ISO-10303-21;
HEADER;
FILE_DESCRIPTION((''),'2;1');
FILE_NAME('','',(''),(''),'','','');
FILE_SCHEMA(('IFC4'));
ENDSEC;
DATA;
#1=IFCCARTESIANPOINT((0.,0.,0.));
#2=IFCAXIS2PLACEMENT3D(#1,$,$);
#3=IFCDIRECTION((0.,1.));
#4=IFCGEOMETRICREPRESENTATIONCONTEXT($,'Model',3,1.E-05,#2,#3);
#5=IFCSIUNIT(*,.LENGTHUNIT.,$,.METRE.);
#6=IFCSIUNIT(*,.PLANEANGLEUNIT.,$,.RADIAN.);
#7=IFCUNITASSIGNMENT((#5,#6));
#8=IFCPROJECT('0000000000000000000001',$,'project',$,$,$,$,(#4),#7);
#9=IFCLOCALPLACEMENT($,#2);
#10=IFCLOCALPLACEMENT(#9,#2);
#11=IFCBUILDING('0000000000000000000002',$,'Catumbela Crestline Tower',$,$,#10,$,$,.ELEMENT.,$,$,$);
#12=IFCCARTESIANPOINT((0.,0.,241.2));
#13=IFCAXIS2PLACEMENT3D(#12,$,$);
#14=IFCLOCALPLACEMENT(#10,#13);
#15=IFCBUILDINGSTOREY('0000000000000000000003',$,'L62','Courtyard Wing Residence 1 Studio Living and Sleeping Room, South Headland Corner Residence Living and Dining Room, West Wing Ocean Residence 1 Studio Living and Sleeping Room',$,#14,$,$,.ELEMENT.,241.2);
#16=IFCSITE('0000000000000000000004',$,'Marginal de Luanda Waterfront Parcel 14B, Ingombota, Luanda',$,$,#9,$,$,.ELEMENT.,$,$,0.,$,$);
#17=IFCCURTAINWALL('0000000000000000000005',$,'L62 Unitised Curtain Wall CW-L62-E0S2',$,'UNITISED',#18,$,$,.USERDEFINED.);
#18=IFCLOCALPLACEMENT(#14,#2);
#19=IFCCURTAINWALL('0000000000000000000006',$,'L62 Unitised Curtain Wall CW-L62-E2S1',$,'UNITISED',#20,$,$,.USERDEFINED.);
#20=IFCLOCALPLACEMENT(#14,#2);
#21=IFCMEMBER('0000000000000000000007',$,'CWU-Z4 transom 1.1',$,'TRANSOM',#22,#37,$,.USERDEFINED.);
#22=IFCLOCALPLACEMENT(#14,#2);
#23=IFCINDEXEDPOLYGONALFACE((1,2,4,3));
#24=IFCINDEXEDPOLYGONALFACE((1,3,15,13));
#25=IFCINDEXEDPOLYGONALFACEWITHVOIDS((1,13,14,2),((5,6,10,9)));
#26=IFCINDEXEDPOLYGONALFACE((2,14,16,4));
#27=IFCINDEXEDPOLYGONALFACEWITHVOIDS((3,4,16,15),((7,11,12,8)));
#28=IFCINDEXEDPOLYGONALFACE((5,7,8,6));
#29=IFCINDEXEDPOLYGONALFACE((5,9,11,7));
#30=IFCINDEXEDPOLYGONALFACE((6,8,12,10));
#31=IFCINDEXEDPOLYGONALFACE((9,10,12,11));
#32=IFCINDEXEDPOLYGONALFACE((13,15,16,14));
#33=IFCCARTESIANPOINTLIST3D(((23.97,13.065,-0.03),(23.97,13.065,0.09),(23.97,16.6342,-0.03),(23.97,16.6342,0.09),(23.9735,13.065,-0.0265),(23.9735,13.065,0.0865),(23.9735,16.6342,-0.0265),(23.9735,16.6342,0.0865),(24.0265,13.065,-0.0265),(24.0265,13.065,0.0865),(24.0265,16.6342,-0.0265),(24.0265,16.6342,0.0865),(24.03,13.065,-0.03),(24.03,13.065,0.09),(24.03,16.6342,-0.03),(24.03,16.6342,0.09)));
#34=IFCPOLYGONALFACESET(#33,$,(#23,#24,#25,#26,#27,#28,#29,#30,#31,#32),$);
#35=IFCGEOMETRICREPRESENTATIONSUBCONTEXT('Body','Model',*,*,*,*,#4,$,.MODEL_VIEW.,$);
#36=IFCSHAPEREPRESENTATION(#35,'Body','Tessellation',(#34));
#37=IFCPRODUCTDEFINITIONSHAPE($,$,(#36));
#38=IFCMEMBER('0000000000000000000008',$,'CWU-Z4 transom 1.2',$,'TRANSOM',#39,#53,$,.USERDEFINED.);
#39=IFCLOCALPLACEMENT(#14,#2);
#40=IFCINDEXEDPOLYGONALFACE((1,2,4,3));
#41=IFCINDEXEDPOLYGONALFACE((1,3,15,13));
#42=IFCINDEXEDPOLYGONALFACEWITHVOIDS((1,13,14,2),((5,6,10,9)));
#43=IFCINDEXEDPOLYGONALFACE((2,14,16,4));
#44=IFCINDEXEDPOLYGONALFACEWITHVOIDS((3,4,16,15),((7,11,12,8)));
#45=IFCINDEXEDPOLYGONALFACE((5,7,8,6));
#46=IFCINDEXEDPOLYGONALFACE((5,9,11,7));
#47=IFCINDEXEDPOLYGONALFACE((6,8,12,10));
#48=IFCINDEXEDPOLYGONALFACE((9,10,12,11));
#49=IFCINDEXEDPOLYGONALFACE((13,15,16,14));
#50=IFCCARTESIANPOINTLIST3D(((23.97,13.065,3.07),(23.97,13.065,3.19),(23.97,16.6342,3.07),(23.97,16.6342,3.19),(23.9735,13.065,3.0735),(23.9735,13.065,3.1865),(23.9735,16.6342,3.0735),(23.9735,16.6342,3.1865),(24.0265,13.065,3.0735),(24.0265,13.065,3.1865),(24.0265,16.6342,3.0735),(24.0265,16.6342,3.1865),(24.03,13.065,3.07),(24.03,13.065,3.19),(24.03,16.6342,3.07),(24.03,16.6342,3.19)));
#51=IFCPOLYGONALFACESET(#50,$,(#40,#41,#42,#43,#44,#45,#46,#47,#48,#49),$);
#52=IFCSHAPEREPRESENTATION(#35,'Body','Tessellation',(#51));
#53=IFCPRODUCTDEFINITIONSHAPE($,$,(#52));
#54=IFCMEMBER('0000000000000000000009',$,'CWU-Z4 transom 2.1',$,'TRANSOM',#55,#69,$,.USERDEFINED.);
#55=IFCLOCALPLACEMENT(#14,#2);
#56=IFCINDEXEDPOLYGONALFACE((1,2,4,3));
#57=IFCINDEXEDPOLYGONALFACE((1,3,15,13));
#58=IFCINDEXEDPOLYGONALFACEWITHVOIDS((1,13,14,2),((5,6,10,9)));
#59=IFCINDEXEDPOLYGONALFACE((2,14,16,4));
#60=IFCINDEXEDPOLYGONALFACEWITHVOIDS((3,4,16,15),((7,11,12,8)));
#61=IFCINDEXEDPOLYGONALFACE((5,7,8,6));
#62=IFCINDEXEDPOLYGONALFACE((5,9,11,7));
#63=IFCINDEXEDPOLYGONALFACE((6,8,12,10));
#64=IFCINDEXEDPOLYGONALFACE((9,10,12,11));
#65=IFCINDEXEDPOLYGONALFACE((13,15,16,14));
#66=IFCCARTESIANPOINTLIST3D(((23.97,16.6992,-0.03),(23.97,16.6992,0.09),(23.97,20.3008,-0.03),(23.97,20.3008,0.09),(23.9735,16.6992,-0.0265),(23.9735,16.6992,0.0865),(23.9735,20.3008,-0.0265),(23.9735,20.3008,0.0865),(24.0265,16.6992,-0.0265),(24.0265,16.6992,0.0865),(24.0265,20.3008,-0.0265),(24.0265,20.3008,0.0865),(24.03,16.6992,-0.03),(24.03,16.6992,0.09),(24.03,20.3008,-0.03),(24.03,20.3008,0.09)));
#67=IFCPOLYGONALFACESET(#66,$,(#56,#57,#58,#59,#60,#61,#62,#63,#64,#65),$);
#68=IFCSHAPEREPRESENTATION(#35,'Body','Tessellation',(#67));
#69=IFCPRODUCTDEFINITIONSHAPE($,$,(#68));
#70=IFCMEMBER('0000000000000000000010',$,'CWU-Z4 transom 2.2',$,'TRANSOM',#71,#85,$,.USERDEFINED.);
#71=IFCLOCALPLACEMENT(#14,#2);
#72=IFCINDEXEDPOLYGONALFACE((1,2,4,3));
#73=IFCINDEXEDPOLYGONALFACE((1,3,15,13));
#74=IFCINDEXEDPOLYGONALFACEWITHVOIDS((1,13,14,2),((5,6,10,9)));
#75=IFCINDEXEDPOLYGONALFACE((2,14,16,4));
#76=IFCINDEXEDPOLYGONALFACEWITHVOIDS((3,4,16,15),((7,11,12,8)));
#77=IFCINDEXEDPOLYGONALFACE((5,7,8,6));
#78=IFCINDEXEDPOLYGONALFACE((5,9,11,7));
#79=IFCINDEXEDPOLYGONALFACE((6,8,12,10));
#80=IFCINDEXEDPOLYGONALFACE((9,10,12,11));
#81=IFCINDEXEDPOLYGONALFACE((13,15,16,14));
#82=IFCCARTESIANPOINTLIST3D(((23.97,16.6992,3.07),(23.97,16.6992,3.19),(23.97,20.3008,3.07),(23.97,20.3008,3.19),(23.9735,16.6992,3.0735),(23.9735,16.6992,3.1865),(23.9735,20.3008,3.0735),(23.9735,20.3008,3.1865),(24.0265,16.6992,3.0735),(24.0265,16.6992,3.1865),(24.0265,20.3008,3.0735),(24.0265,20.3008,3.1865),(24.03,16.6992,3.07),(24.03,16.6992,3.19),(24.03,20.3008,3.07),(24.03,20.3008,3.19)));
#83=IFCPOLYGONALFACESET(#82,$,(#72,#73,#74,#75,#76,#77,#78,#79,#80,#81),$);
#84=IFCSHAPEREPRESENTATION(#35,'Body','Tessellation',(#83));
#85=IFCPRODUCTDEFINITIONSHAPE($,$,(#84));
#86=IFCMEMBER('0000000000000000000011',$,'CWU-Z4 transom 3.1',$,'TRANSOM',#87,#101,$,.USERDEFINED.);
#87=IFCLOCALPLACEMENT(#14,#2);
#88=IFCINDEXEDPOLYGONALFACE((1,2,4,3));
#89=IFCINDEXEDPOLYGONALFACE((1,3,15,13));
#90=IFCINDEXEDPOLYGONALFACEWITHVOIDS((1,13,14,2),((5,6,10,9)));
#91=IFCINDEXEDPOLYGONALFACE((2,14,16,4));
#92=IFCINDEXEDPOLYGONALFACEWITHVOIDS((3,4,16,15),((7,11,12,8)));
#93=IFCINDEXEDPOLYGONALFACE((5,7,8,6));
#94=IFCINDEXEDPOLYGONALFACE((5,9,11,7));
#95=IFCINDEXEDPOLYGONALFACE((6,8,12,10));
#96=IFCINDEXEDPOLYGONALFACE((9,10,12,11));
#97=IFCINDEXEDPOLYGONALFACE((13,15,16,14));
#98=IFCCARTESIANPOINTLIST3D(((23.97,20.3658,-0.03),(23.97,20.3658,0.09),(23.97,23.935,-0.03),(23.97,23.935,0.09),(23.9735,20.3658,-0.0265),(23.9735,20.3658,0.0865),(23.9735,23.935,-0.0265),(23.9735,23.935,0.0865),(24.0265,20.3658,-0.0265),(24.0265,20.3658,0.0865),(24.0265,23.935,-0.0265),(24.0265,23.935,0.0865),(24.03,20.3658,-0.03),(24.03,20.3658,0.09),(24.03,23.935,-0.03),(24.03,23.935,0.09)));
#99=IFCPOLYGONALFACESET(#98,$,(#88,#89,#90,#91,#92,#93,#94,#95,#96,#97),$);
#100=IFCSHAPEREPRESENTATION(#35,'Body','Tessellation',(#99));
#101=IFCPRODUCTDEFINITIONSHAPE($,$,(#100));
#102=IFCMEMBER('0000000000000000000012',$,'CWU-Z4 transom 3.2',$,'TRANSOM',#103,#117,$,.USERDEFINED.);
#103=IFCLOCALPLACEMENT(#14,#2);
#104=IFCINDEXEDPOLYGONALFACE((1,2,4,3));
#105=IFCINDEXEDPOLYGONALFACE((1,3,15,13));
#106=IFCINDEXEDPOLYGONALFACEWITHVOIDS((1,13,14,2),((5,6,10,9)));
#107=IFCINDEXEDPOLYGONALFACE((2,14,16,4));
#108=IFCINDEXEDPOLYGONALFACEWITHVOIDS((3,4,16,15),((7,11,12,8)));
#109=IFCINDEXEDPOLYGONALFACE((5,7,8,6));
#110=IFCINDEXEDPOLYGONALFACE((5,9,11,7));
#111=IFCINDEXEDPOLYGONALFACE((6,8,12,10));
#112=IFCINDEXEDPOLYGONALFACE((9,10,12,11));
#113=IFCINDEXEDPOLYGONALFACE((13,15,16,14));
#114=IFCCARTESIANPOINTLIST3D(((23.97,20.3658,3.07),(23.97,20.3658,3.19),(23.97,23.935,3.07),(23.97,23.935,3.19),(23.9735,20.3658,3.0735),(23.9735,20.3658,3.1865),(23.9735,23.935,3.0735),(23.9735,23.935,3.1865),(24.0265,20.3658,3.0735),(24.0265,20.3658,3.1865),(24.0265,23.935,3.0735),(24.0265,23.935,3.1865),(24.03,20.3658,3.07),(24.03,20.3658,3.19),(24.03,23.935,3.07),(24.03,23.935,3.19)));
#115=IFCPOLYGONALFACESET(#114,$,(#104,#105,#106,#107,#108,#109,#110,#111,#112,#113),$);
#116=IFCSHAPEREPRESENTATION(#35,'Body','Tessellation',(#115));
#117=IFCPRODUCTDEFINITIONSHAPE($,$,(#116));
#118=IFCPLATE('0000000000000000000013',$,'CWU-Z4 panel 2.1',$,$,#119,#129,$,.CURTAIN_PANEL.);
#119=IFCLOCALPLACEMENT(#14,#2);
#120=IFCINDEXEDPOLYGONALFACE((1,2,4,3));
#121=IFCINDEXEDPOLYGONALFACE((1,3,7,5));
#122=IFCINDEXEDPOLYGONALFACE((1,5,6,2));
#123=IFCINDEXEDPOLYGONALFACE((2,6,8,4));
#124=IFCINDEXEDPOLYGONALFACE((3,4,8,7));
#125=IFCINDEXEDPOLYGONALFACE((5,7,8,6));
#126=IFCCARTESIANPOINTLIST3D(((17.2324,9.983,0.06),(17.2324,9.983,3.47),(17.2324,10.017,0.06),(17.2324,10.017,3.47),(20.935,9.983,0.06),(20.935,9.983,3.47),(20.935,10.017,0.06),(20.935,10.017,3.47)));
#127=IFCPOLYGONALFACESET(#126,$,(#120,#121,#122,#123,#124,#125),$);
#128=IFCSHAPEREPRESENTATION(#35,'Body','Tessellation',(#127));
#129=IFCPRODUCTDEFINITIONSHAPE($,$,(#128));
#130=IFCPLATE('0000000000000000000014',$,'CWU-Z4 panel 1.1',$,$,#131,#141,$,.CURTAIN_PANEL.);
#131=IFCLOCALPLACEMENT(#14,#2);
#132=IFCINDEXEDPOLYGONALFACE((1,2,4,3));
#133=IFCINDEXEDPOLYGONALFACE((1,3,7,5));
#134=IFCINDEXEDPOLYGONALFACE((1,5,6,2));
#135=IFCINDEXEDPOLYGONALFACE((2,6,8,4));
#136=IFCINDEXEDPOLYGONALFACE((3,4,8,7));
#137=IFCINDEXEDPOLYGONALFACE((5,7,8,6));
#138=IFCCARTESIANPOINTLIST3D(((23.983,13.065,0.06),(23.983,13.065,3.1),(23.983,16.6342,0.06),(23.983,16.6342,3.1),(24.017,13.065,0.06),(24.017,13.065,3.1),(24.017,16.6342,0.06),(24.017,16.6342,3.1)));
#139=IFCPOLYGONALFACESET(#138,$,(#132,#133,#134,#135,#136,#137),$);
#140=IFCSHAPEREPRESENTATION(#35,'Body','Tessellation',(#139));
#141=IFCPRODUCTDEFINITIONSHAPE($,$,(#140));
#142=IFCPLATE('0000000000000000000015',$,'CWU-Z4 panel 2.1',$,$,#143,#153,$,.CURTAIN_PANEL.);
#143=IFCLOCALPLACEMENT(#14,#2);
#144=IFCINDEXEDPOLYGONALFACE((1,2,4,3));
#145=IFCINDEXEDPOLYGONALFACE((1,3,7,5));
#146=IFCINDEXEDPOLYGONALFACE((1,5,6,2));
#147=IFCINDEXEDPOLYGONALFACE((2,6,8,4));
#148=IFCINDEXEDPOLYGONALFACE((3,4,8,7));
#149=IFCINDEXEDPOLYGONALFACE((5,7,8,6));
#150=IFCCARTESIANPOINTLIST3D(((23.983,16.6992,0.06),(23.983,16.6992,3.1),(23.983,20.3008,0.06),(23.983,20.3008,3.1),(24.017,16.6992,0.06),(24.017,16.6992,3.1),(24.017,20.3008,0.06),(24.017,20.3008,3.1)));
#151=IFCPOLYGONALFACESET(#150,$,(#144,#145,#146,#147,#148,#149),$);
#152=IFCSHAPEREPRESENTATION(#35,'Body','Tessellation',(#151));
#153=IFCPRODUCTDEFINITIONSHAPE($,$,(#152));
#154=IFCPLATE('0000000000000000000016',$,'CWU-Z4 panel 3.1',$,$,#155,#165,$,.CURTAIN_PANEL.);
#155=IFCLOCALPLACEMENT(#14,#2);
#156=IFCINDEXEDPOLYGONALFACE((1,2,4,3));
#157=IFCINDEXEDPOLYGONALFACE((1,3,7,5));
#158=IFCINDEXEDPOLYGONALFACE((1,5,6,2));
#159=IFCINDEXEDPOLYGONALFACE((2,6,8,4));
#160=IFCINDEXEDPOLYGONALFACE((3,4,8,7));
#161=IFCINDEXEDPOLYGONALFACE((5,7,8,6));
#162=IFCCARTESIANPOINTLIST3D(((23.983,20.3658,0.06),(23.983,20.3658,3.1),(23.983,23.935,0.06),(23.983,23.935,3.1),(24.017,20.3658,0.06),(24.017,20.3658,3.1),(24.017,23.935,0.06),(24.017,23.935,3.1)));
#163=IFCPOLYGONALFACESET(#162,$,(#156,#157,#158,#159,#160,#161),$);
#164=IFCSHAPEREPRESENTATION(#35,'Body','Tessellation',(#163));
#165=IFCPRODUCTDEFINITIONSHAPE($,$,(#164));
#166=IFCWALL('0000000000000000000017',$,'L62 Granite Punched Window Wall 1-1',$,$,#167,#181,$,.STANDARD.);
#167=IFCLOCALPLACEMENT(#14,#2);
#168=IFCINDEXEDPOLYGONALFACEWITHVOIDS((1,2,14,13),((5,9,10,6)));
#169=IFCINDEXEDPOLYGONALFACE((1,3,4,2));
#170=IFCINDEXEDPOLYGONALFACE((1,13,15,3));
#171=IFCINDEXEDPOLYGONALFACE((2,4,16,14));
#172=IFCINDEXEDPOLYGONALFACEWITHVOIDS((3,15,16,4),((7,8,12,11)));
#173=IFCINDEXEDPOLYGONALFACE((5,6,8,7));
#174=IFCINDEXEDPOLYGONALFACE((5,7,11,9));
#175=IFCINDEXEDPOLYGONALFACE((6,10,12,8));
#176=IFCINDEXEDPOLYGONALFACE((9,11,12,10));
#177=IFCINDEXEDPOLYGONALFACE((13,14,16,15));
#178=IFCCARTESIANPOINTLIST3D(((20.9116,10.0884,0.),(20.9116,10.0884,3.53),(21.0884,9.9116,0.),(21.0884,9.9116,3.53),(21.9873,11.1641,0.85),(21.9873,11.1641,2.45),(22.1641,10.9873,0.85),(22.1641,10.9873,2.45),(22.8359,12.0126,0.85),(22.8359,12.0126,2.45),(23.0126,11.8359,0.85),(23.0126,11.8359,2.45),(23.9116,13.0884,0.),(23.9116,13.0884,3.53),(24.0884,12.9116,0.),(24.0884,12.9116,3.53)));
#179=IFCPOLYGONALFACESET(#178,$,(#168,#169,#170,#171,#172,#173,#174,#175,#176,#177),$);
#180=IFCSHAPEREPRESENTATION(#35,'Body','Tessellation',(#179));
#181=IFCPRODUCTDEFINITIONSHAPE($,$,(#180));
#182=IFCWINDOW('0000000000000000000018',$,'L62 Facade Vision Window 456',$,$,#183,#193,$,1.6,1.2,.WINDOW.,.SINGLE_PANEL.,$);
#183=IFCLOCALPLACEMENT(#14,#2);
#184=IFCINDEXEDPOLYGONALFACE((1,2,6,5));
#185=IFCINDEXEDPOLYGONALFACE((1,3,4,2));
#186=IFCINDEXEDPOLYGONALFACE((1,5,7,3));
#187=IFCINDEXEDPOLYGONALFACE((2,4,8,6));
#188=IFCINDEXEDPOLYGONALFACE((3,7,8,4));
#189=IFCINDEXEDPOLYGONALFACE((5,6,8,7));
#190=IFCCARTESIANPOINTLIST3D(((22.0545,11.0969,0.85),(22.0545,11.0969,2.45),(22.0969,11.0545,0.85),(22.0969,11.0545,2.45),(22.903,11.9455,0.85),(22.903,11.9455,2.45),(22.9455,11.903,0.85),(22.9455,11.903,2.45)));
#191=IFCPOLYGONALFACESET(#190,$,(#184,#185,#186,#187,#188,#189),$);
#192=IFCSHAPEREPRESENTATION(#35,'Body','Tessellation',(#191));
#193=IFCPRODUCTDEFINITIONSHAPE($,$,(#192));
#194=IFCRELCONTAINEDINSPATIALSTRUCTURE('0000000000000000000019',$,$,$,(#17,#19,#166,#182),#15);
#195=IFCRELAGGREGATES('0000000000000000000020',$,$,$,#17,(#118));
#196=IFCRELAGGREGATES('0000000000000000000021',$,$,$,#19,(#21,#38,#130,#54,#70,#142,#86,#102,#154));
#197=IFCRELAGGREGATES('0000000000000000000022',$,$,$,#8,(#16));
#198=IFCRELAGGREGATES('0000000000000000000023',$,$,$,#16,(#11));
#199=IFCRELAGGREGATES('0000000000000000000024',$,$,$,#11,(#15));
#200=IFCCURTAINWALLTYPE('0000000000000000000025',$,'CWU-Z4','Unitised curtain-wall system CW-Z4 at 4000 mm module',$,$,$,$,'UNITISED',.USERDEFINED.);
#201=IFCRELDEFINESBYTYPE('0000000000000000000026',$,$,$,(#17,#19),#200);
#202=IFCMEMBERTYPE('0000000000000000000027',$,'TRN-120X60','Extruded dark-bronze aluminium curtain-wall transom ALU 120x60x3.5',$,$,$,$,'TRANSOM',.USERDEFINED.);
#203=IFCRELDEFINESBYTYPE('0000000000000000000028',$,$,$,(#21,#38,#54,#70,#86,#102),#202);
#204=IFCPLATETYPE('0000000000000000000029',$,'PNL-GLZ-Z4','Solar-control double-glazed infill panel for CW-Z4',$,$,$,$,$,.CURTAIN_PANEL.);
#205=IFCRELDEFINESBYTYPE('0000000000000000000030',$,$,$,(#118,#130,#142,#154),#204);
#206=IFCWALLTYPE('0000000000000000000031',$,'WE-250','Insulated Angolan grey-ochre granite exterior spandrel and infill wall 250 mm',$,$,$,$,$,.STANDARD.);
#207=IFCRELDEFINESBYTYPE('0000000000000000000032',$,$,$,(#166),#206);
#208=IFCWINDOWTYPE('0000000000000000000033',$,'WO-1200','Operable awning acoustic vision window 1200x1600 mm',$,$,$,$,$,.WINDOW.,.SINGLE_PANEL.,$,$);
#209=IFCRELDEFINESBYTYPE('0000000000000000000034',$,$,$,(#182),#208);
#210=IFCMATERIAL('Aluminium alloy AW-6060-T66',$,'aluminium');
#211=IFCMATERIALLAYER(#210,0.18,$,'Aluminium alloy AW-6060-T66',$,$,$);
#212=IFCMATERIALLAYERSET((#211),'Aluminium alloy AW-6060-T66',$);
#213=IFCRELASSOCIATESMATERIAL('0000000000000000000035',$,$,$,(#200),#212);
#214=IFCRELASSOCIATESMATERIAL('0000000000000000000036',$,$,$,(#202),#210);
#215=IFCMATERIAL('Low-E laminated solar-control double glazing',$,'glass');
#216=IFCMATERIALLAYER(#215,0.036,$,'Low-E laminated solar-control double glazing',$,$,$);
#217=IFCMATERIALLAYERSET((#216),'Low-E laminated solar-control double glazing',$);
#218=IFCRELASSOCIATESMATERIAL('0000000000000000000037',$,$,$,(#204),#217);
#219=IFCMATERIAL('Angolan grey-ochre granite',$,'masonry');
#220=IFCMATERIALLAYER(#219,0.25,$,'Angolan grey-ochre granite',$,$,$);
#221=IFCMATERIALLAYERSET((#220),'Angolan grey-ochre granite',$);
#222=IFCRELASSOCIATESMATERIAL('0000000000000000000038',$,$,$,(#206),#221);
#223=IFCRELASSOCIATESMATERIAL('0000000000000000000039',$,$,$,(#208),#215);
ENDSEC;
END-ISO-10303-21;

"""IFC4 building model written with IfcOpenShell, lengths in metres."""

from ifc_helpers import new_model, si_unit, direction, frame, frame_2d, origin, origin_2d, place, context, subcontext, project, spatial, rectangle, hollow_rectangle, extrude, material, layer, layer_set, material_profile, profile_set, type_object, element, fill, aggregate, save


model = new_model("IFC4")

# Units and contexts
model_context = context("Model", 3, precision=1e-05, world=origin(), true_north=direction((0.0, 1.0)))
body_context = subcontext(model_context, "Body", "Model", "MODEL_VIEW")
ifc_project = project(units=[si_unit("LENGTHUNIT", "METRE"), si_unit("PLANEANGLEUNIT", "RADIAN")], contexts=[model_context])

# Site, building, storey
site_placement = place(None, origin())
site = spatial("IfcSite", under=ifc_project, at=site_placement, Name="Marginal de Luanda Waterfront Parcel 14B, Ingombota, Luanda", CompositionType="ELEMENT", RefElevation=0.0)
building_placement = place(site_placement, origin())
building = spatial("IfcBuilding", under=site, at=building_placement, Name="Catumbela Crestline Tower", CompositionType="ELEMENT")
storey_placement = place(building_placement, frame((0.0, 0.0, 241.2)))
storey = spatial("IfcBuildingStorey", under=building, at=storey_placement, Name="L62", Description="Courtyard Wing Residence 1 Studio Living and Sleeping Room, South Headland Corner Residence Living and Dining Room, West Wing Ocean Residence 1 Studio Living and Sleeping Room", CompositionType="ELEMENT", Elevation=241.2)

# Curtain wall
ifc_material_1 = material(Name="Aluminium alloy AW-6060-T66", Category="aluminium")
ifc_layer_1 = layer(ifc_material_1, 0.18, Name="Aluminium alloy AW-6060-T66")
ifc_layer_set_1 = layer_set([ifc_layer_1], Name="Aluminium alloy AW-6060-T66")
curtain_wall_type = type_object("IfcCurtainWallType", Name="CWU-Z4", Description="Unitised curtain-wall system CW-Z4 at 4000 mm module", ElementType="UNITISED", PredefinedType="USERDEFINED", material=ifc_layer_set_1)
curtain_wall_1_placement = place(storey_placement, origin())
curtain_wall_1 = element("IfcCurtainWall", 1, at=curtain_wall_1_placement, inside=storey, type_object=curtain_wall_type, Name="L62 Unitised Curtain Wall CW-L62-E0S2", ObjectType="UNITISED", PredefinedType="USERDEFINED")

# Curtain wall
curtain_wall_2_placement = place(storey_placement, origin())
curtain_wall_2 = element("IfcCurtainWall", 2, at=curtain_wall_2_placement, inside=storey, type_object=curtain_wall_type, Name="L62 Unitised Curtain Wall CW-L62-E2S1", ObjectType="UNITISED", PredefinedType="USERDEFINED")

# Members
ifc_material_profile_1 = material_profile(ifc_material_1, hollow_rectangle(XDim=0.06, YDim=0.12, WallThickness=0.0035, at=origin_2d()), Name="ALU 120x60x3.5")
ifc_profile_set_1 = profile_set([ifc_material_profile_1], Name="Aluminium alloy AW-6060-T66")
member_type_1 = type_object("IfcMemberType", Name="TRN-120X60", Description="Extruded dark-bronze aluminium curtain-wall transom ALU 120x60x3.5", ElementType="TRANSOM", PredefinedType="USERDEFINED", material=ifc_profile_set_1)
member_1_placement = place(storey_placement, frame((24.0, 13.065, 0.03), z_axis=(0.0, 1.0, 0.0), x_axis=(-1.0, 0.0, 0.0)))
member_1 = element("IfcMember", 3, at=member_1_placement, type_object=member_type_1, Name="CWU-Z4 transom 1.1", ObjectType="TRANSOM", PredefinedType="USERDEFINED", context=body_context, shape_type="SweptSolid", body=[
    extrude(hollow_rectangle(XDim=0.06, YDim=0.12, WallThickness=0.0035, at=origin_2d()), origin(), (0.0, 0.0, 1.0), 3.5692),
])
member_2_placement = place(storey_placement, frame((24.0, 13.065, 3.13), z_axis=(0.0, 1.0, 0.0), x_axis=(-1.0, 0.0, 0.0)))
member_2 = element("IfcMember", 4, at=member_2_placement, type_object=member_type_1, Name="CWU-Z4 transom 1.2", ObjectType="TRANSOM", PredefinedType="USERDEFINED", context=body_context, shape_type="SweptSolid", body=[
    extrude(hollow_rectangle(XDim=0.06, YDim=0.12, WallThickness=0.0035, at=origin_2d()), origin(), (0.0, 0.0, 1.0), 3.5692),
])
member_3_placement = place(storey_placement, frame((24.0, 16.6992, 0.03), z_axis=(0.0, 1.0, 0.0), x_axis=(-1.0, 0.0, 0.0)))
member_3 = element("IfcMember", 5, at=member_3_placement, type_object=member_type_1, Name="CWU-Z4 transom 2.1", ObjectType="TRANSOM", PredefinedType="USERDEFINED", context=body_context, shape_type="SweptSolid", body=[
    extrude(hollow_rectangle(XDim=0.06, YDim=0.12, WallThickness=0.0035, at=origin_2d()), origin(), (0.0, 0.0, 1.0), 3.6016),
])
member_4_placement = place(storey_placement, frame((24.0, 16.6992, 3.13), z_axis=(0.0, 1.0, 0.0), x_axis=(-1.0, 0.0, 0.0)))
member_4 = element("IfcMember", 6, at=member_4_placement, type_object=member_type_1, Name="CWU-Z4 transom 2.2", ObjectType="TRANSOM", PredefinedType="USERDEFINED", context=body_context, shape_type="SweptSolid", body=[
    extrude(hollow_rectangle(XDim=0.06, YDim=0.12, WallThickness=0.0035, at=origin_2d()), origin(), (0.0, 0.0, 1.0), 3.6016),
])
member_5_placement = place(storey_placement, frame((24.0, 20.3658, 0.03), z_axis=(0.0, 1.0, 0.0), x_axis=(-1.0, 0.0, 0.0)))
member_5 = element("IfcMember", 7, at=member_5_placement, type_object=member_type_1, Name="CWU-Z4 transom 3.1", ObjectType="TRANSOM", PredefinedType="USERDEFINED", context=body_context, shape_type="SweptSolid", body=[
    extrude(hollow_rectangle(XDim=0.06, YDim=0.12, WallThickness=0.0035, at=origin_2d()), origin(), (0.0, 0.0, 1.0), 3.5692),
])
member_6_placement = place(storey_placement, frame((24.0, 20.3658, 3.13), z_axis=(0.0, 1.0, 0.0), x_axis=(-1.0, 0.0, 0.0)))
member_6 = element("IfcMember", 8, at=member_6_placement, type_object=member_type_1, Name="CWU-Z4 transom 3.2", ObjectType="TRANSOM", PredefinedType="USERDEFINED", context=body_context, shape_type="SweptSolid", body=[
    extrude(hollow_rectangle(XDim=0.06, YDim=0.12, WallThickness=0.0035, at=origin_2d()), origin(), (0.0, 0.0, 1.0), 3.5692),
])

# Plates
ifc_material_2 = material(Name="Low-E laminated solar-control double glazing", Category="glass")
ifc_layer_2 = layer(ifc_material_2, 0.036, Name="Low-E laminated solar-control double glazing")
ifc_layer_set_2 = layer_set([ifc_layer_2], Name="Low-E laminated solar-control double glazing")
plate_type = type_object("IfcPlateType", Name="PNL-GLZ-Z4", Description="Solar-control double-glazed infill panel for CW-Z4", PredefinedType="CURTAIN_PANEL", material=ifc_layer_set_2)
plate_1_placement = place(storey_placement, frame((19.0837, 10.0, 0.06), z_axis=(0.0, 0.0, 1.0), x_axis=(1.0, 0.0, 0.0)))
plate_1 = element("IfcPlate", 9, at=plate_1_placement, type_object=plate_type, Name="CWU-Z4 panel 2.1", PredefinedType="CURTAIN_PANEL", context=body_context, shape_type="SweptSolid", body=[
    extrude(rectangle(XDim=3.7025, YDim=0.034, at=origin_2d()), origin(), (0.0, 0.0, 1.0), 3.41),
])
aggregate(curtain_wall_1, [plate_1])
plate_2_placement = place(storey_placement, frame((24.0, 14.8496, 0.06), z_axis=(0.0, 0.0, 1.0), x_axis=(0.0, 1.0, 0.0)))
plate_2 = element("IfcPlate", 10, at=plate_2_placement, type_object=plate_type, Name="CWU-Z4 panel 1.1", PredefinedType="CURTAIN_PANEL", context=body_context, shape_type="SweptSolid", body=[
    extrude(rectangle(XDim=3.5692, YDim=0.034, at=origin_2d()), origin(), (0.0, 0.0, 1.0), 3.04),
])
plate_3_placement = place(storey_placement, frame((24.0, 18.5, 0.06), z_axis=(0.0, 0.0, 1.0), x_axis=(0.0, 1.0, 0.0)))
plate_3 = element("IfcPlate", 11, at=plate_3_placement, type_object=plate_type, Name="CWU-Z4 panel 2.1", PredefinedType="CURTAIN_PANEL", context=body_context, shape_type="SweptSolid", body=[
    extrude(rectangle(XDim=3.6017, YDim=0.034, at=origin_2d()), origin(), (0.0, 0.0, 1.0), 3.04),
])
plate_4_placement = place(storey_placement, frame((24.0, 22.1504, 0.06), z_axis=(0.0, 0.0, 1.0), x_axis=(0.0, 1.0, 0.0)))
plate_4 = element("IfcPlate", 12, at=plate_4_placement, type_object=plate_type, Name="CWU-Z4 panel 3.1", PredefinedType="CURTAIN_PANEL", context=body_context, shape_type="SweptSolid", body=[
    extrude(rectangle(XDim=3.5692, YDim=0.034, at=origin_2d()), origin(), (0.0, 0.0, 1.0), 3.04),
])
aggregate(curtain_wall_2, [member_1, member_2, plate_2, member_3, member_4, plate_3, member_5, member_6, plate_4])

# Wall, opening, window
ifc_material_3 = material(Name="Angolan grey-ochre granite", Category="masonry")
ifc_layer_3 = layer(ifc_material_3, 0.25, Name="Angolan grey-ochre granite")
ifc_layer_set_3 = layer_set([ifc_layer_3], Name="Angolan grey-ochre granite")
wall_type_1 = type_object("IfcWallType", Name="WE-250", Description="Insulated Angolan grey-ochre granite exterior spandrel and infill wall 250 mm", PredefinedType="STANDARD", material=ifc_layer_set_3)
wall_1_placement = place(storey_placement, frame((21.0, 10.0, 0.0), z_axis=(0.0, 0.0, 1.0), x_axis=(0.707107, 0.707107, 0.0)))
wall_1 = element("IfcWall", 13, at=wall_1_placement, inside=storey, type_object=wall_type_1, Name="L62 Granite Punched Window Wall 1-1", PredefinedType="STANDARD", context=body_context, shape_type="SweptSolid", body=[
    extrude(rectangle(XDim=4.2426, YDim=0.25, at=frame_2d((2.1213, 0.0))), origin(), (0.0, 0.0, 1.0), 3.53),
])
opening_1_placement = place(wall_1_placement, frame((1.5213, 0.0, 0.85)))
opening_1 = element("IfcOpeningElement", 14, at=opening_1_placement, cuts=wall_1, PredefinedType="OPENING", context=body_context, shape_type="SweptSolid", body=[
    extrude(rectangle(XDim=1.2, YDim=1.6, at=frame_2d((0.6, 0.8))), frame((0.0, 0.135, 0.0), z_axis=(0.0, -1.0, 0.0), x_axis=(1.0, 0.0, 0.0)), (0.0, 0.0, 1.0), 0.27),
])
window_type = type_object("IfcWindowType", Name="WO-1200", Description="Operable awning acoustic vision window 1200x1600 mm", PartitioningType="SINGLE_PANEL", PredefinedType="WINDOW", material=ifc_material_2)
window_placement = place(opening_1_placement, origin())
window = element("IfcWindow", 15, at=window_placement, inside=storey, type_object=window_type, Name="L62 Facade Vision Window 456", OverallHeight=1.6, OverallWidth=1.2, PartitioningType="SINGLE_PANEL", PredefinedType="WINDOW", context=body_context, shape_type="SweptSolid", body=[
    extrude(rectangle(XDim=1.2, YDim=1.6, at=frame_2d((0.6, 0.8))), frame((0.0, 0.03, 0.0), z_axis=(0.0, -1.0, 0.0), x_axis=(1.0, 0.0, 0.0)), (0.0, 0.0, 1.0), 0.06),
])
fill(opening_1, window)

save(model, "model.ifc")
